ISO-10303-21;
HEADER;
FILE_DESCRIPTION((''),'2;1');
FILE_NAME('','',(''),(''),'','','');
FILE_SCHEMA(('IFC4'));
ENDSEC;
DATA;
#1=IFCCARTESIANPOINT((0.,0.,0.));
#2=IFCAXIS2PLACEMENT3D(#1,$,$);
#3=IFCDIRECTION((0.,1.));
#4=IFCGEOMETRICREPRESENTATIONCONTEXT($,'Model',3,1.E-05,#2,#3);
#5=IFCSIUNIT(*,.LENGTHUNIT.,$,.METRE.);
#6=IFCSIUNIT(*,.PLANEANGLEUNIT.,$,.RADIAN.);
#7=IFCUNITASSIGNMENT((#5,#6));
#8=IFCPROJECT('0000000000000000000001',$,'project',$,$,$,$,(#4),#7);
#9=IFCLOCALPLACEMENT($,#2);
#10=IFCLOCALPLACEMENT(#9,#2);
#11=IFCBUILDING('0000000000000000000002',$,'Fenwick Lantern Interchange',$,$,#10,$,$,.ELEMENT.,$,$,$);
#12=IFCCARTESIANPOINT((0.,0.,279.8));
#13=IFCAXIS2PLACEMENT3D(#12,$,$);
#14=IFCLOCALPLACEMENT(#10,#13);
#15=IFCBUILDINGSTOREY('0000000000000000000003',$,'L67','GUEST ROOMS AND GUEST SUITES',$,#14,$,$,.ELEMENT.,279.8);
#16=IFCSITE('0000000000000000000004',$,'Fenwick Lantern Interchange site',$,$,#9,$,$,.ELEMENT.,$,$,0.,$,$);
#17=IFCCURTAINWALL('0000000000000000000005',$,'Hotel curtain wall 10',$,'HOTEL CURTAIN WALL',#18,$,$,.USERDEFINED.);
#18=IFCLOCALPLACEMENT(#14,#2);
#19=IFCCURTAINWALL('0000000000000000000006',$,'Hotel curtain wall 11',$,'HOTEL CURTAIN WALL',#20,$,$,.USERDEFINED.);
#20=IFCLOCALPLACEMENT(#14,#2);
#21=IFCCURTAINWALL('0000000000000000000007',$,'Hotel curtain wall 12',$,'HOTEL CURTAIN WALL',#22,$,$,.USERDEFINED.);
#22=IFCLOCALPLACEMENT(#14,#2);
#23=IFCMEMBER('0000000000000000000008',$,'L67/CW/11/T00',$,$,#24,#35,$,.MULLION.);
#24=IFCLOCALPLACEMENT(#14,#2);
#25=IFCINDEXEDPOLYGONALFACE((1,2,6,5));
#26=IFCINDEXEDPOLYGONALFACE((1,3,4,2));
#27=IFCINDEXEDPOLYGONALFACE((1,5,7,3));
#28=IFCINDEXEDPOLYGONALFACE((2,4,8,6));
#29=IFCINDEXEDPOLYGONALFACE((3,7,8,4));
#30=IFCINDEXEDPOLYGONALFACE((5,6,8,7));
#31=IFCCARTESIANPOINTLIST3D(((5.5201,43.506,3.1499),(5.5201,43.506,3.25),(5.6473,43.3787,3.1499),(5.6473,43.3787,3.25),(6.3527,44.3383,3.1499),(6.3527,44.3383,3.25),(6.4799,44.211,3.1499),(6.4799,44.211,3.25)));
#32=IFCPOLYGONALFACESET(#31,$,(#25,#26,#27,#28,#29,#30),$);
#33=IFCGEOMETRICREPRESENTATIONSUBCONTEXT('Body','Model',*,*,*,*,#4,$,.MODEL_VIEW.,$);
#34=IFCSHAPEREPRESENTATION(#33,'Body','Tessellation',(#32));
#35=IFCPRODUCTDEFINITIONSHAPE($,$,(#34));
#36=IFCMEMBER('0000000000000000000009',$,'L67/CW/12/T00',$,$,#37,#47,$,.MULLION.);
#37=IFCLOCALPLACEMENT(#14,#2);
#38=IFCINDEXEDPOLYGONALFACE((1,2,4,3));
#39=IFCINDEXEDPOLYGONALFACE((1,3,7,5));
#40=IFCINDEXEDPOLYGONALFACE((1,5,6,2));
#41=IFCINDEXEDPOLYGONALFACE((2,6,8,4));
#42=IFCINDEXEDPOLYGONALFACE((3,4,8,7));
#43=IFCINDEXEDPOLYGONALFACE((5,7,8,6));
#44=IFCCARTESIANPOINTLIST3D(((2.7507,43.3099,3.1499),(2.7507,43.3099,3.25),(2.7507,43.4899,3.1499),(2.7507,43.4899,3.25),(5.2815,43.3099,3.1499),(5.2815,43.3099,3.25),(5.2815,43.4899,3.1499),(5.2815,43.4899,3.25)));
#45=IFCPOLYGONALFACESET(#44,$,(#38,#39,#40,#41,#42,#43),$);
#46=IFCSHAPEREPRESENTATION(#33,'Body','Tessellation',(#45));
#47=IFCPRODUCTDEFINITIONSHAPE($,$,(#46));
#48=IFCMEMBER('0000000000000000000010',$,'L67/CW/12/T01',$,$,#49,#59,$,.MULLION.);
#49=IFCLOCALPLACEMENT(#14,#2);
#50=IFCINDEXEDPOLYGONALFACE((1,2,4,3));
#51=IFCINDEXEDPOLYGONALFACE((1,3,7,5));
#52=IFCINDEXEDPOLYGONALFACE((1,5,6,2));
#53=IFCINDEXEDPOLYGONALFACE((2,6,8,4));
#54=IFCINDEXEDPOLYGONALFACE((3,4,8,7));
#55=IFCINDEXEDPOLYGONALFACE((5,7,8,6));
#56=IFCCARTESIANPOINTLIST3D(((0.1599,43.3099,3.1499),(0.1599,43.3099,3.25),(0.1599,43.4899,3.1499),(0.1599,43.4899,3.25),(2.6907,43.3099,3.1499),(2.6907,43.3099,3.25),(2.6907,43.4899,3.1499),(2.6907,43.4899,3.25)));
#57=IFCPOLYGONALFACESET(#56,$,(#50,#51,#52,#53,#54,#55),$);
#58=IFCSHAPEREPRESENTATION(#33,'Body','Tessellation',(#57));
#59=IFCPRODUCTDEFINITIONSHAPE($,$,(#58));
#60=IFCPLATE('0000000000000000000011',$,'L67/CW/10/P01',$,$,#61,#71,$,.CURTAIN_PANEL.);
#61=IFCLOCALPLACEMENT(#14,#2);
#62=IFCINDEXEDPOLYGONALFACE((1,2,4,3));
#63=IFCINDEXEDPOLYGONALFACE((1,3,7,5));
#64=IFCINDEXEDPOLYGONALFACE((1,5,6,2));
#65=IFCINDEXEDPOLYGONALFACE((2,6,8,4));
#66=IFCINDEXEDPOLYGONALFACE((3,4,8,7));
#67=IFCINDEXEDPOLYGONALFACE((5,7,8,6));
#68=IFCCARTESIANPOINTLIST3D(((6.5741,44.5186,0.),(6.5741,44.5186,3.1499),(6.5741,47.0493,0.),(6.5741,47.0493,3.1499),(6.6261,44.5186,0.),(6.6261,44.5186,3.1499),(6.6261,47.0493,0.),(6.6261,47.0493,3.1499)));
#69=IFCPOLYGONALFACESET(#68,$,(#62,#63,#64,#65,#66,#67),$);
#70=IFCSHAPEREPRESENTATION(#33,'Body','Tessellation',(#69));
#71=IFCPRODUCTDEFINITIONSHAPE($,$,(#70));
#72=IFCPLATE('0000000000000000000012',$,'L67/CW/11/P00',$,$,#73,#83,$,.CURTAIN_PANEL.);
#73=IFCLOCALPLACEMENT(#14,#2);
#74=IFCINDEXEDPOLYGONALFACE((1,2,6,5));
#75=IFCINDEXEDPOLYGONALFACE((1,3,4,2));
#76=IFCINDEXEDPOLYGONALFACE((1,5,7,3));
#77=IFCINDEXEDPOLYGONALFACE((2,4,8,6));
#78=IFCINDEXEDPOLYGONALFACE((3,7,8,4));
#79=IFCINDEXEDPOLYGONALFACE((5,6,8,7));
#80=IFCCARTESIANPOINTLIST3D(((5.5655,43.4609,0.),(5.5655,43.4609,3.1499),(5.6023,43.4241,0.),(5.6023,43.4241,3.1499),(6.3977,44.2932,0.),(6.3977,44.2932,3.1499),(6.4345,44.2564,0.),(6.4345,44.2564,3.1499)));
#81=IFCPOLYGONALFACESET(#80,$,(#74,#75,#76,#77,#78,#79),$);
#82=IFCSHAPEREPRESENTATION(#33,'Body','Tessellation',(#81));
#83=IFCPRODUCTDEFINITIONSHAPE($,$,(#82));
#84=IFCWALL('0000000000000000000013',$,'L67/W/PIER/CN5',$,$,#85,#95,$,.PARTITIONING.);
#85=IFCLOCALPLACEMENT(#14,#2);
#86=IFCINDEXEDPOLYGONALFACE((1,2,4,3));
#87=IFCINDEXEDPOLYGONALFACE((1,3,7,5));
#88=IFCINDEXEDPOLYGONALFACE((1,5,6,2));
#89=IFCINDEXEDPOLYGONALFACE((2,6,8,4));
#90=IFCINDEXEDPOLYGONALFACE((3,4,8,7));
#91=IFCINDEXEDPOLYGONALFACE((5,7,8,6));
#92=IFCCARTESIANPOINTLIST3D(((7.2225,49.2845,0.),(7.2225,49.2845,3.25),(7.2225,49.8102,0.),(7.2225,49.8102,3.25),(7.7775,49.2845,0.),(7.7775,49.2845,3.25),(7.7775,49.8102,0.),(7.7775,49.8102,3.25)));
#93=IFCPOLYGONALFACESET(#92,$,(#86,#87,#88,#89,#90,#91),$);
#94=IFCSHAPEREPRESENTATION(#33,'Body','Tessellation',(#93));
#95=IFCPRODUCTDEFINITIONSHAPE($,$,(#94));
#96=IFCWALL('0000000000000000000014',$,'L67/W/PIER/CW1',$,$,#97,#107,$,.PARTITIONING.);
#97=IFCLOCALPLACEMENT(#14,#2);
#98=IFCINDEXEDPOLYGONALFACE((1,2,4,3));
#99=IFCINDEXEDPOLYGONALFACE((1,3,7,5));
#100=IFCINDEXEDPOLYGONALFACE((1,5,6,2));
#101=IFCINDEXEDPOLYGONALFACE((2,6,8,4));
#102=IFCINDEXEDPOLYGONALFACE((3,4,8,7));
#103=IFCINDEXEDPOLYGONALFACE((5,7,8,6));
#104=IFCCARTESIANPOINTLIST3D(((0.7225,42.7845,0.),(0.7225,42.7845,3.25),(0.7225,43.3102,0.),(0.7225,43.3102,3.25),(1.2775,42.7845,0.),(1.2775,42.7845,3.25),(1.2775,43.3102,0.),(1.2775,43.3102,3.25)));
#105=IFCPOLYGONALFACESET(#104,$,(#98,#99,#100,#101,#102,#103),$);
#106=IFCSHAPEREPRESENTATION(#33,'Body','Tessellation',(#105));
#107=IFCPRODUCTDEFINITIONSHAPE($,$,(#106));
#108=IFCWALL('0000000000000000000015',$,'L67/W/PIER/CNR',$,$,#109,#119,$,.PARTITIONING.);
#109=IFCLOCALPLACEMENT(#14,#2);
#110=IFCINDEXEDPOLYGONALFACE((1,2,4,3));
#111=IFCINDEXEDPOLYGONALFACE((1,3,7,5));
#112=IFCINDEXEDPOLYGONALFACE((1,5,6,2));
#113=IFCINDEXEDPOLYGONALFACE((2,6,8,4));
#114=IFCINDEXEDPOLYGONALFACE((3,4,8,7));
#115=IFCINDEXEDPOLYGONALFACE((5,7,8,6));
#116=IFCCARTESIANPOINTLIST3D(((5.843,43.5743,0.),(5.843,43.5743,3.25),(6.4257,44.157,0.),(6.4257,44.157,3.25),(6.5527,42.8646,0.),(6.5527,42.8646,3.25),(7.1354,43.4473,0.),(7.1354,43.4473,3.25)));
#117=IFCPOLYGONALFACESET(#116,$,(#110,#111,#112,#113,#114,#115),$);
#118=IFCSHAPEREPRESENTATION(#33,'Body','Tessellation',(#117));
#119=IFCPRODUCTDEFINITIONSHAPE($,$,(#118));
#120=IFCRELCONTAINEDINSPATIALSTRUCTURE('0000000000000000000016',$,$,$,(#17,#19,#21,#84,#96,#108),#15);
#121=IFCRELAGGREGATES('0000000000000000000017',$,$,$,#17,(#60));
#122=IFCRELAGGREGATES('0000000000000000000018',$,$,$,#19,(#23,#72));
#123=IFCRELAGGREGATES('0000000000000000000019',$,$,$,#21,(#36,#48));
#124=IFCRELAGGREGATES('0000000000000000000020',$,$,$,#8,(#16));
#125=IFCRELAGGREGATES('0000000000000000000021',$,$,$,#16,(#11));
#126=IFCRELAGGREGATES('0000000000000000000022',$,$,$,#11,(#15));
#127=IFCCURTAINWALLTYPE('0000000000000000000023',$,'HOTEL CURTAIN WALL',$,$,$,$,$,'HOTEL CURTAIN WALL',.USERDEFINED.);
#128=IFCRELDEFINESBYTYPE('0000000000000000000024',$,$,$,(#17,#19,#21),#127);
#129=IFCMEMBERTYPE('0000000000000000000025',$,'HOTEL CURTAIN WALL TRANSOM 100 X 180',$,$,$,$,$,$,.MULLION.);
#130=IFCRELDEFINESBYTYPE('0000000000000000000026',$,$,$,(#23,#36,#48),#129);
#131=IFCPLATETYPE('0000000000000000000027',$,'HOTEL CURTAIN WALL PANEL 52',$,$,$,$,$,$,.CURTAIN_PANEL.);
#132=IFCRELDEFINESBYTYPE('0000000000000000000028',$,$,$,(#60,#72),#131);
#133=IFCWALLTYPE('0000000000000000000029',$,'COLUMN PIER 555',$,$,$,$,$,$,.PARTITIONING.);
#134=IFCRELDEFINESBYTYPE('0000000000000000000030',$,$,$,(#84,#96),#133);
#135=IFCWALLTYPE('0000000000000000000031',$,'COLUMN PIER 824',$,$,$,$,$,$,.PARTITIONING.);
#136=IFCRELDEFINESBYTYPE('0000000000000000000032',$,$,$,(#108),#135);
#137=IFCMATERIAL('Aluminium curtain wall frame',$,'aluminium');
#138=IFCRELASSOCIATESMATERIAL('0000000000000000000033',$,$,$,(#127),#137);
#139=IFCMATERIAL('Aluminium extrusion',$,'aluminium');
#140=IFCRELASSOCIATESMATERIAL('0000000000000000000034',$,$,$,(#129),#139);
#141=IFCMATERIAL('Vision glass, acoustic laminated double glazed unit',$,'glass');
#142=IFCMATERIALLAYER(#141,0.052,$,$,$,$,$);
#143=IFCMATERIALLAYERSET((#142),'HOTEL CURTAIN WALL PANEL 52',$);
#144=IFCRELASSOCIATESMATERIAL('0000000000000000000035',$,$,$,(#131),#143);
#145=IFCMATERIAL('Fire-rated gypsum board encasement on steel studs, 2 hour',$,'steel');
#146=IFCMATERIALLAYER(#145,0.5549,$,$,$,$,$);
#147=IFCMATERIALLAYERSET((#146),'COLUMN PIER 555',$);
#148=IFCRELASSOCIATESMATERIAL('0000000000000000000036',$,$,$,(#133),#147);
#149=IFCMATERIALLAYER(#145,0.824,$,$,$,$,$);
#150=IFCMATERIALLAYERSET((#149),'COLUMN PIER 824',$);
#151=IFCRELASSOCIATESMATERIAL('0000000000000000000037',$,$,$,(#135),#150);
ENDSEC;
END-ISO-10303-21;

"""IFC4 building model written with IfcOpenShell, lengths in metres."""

from ifc_helpers import new_model, si_unit, direction, frame, frame_2d, origin, origin_2d, place, context, subcontext, project, spatial, rectangle, extrude, material, layer, layer_set, material_profile, profile_set, type_object, element, aggregate, save


model = new_model("IFC4")

# Units and contexts
model_context = context("Model", 3, precision=1e-05, world=origin(), true_north=direction((0.0, 1.0)))
body_context = subcontext(model_context, "Body", "Model", "MODEL_VIEW")
ifc_project = project(units=[si_unit("LENGTHUNIT", "METRE"), si_unit("PLANEANGLEUNIT", "RADIAN")], contexts=[model_context])

# Site, building, storey
site_placement = place(None, origin())
site = spatial("IfcSite", under=ifc_project, at=site_placement, Name="Fenwick Lantern Interchange site", CompositionType="ELEMENT", RefElevation=0.0)
building_placement = place(site_placement, origin())
building = spatial("IfcBuilding", under=site, at=building_placement, Name="Fenwick Lantern Interchange", CompositionType="ELEMENT")
storey_placement = place(building_placement, frame((0.0, 0.0, 279.8)))
storey = spatial("IfcBuildingStorey", under=building, at=storey_placement, Name="L67", Description="GUEST ROOMS AND GUEST SUITES", CompositionType="ELEMENT", Elevation=279.8)

# Shared definitions
ifc_material_1 = material(Name="Aluminium curtain wall frame", Category="aluminium")
curtain_wall_type = type_object("IfcCurtainWallType", Name="HOTEL CURTAIN WALL", ElementType="HOTEL CURTAIN WALL", PredefinedType="USERDEFINED", material=ifc_material_1)
ifc_material_2 = material(Name="Aluminium extrusion", Category="aluminium")

# Curtain walls
curtain_wall_1_placement = place(storey_placement, origin())
curtain_wall_1 = element("IfcCurtainWall", 1, at=curtain_wall_1_placement, inside=storey, type_object=curtain_wall_type, Name="Hotel curtain wall 10", ObjectType="HOTEL CURTAIN WALL", PredefinedType="USERDEFINED")
curtain_wall_2_placement = place(storey_placement, origin())
curtain_wall_2 = element("IfcCurtainWall", 2, at=curtain_wall_2_placement, inside=storey, type_object=curtain_wall_type, Name="Hotel curtain wall 11", ObjectType="HOTEL CURTAIN WALL", PredefinedType="USERDEFINED")
curtain_wall_3_placement = place(storey_placement, origin())
curtain_wall_3 = element("IfcCurtainWall", 3, at=curtain_wall_3_placement, inside=storey, type_object=curtain_wall_type, Name="Hotel curtain wall 12", ObjectType="HOTEL CURTAIN WALL", PredefinedType="USERDEFINED")

# Members
ifc_material_profile_1 = material_profile(ifc_material_2, rectangle(XDim=0.1799, YDim=0.1001, at=origin_2d()), Name="HOTEL CURTAIN WALL TRANSOM 100 X 180")
ifc_profile_set_1 = profile_set([ifc_material_profile_1], Name="Aluminium extrusion")
member_type_1 = type_object("IfcMemberType", Name="HOTEL CURTAIN WALL TRANSOM 100 X 180", PredefinedType="MULLION", material=ifc_profile_set_1)
member_1_placement = place(storey_placement, frame((6.4163, 44.2747, 3.2), z_axis=(-0.70721, -0.707003, 0.0), x_axis=(0.707003, -0.70721, 0.0)))
member_1 = element("IfcMember", 4, at=member_1_placement, type_object=member_type_1, Name="L67/CW/11/T00", PredefinedType="MULLION", context=body_context, shape_type="SweptSolid", body=[
    extrude(rectangle(XDim=0.1799, YDim=0.1001, at=origin_2d()), origin(), (0.0, 0.0, 1.0), 1.1772),
])
member_2_placement = place(storey_placement, frame((5.2815, 43.3999, 3.2), z_axis=(-1.0, 0.0, 0.0), x_axis=(0.0, -1.0, 0.0)))
member_2 = element("IfcMember", 5, at=member_2_placement, type_object=member_type_1, Name="L67/CW/12/T00", PredefinedType="MULLION", context=body_context, shape_type="SweptSolid", body=[
    extrude(rectangle(XDim=0.1799, YDim=0.1001, at=origin_2d()), origin(), (0.0, 0.0, 1.0), 2.5308),
])
member_3_placement = place(storey_placement, frame((2.6907, 43.3999, 3.2), z_axis=(-1.0, 0.0, 0.0), x_axis=(0.0, -1.0, 0.0)))
member_3 = element("IfcMember", 6, at=member_3_placement, type_object=member_type_1, Name="L67/CW/12/T01", PredefinedType="MULLION", context=body_context, shape_type="SweptSolid", body=[
    extrude(rectangle(XDim=0.1799, YDim=0.1001, at=origin_2d()), origin(), (0.0, 0.0, 1.0), 2.5308),
])

# Plates
ifc_material_3 = material(Name="Vision glass, acoustic laminated double glazed unit", Category="glass")
ifc_layer_1 = layer(ifc_material_3, 0.052)
ifc_layer_set_1 = layer_set([ifc_layer_1], Name="HOTEL CURTAIN WALL PANEL 52")
plate_type = type_object("IfcPlateType", Name="HOTEL CURTAIN WALL PANEL 52", PredefinedType="CURTAIN_PANEL", material=ifc_layer_set_1)
plate_1_placement = place(storey_placement, frame((6.6001, 45.7839, 0.0), z_axis=(0.0, 0.0, 1.0), x_axis=(0.0, -1.0, 0.0)))
plate_1 = element("IfcPlate", 7, at=plate_1_placement, type_object=plate_type, Name="L67/CW/10/P01", PredefinedType="CURTAIN_PANEL", context=body_context, shape_type="SweptSolid", body=[
    extrude(rectangle(XDim=2.5308, YDim=0.052, at=origin_2d()), origin(), (0.0, 0.0, 1.0), 3.1499),
])
aggregate(curtain_wall_1, [plate_1])
plate_2_placement = place(storey_placement, frame((6.0, 43.8586, 0.0), z_axis=(0.0, 0.0, 1.0), x_axis=(-0.707107, -0.707107, 0.0)))
plate_2 = element("IfcPlate", 8, at=plate_2_placement, type_object=plate_type, Name="L67/CW/11/P00", PredefinedType="CURTAIN_PANEL", context=body_context, shape_type="SweptSolid", body=[
    extrude(rectangle(XDim=1.177, YDim=0.052, at=origin_2d()), origin(), (0.0, 0.0, 1.0), 3.1499),
])
aggregate(curtain_wall_2, [member_1, plate_2])
aggregate(curtain_wall_3, [member_2, member_3])

# Walls
ifc_material_4 = material(Name="Fire-rated gypsum board encasement on steel studs, 2 hour", Category="steel")
ifc_layer_2 = layer(ifc_material_4, 0.5549)
ifc_layer_set_2 = layer_set([ifc_layer_2], Name="COLUMN PIER 555")
wall_type_1 = type_object("IfcWallType", Name="COLUMN PIER 555", PredefinedType="PARTITIONING", material=ifc_layer_set_2)
for number, where, z_axis, x_axis, name in (
    (9, (7.5, 49.8101, 0.0), (0.0, 0.0, 1.0), (0.0, -1.0, 0.0), "L67/W/PIER/CN5"),
    (10, (1.0, 43.3101, 0.0), (0.0, 0.0, 1.0), (0.0, -1.0, 0.0), "L67/W/PIER/CW1"),
):
    element("IfcWall", number, at=place(storey_placement, frame(where, z_axis=z_axis, x_axis=x_axis)), inside=storey, type_object=wall_type_1, Name=name, PredefinedType="PARTITIONING", context=body_context, shape_type="SweptSolid", body=[
        extrude(rectangle(XDim=0.5256, YDim=0.5549, at=frame_2d((0.2627, 0.0))), origin(), (0.0, 0.0, 1.0), 3.25),
    ])
ifc_layer_3 = layer(ifc_material_4, 0.824)
ifc_layer_set_3 = layer_set([ifc_layer_3], Name="COLUMN PIER 824")
wall_type_2 = type_object("IfcWallType", Name="COLUMN PIER 824", PredefinedType="PARTITIONING", material=ifc_layer_set_3)
wall_placement = place(storey_placement, frame((6.1343, 43.8657, 0.0), z_axis=(0.0, 0.0, 1.0), x_axis=(0.707107, -0.707107, 0.0)))
element("IfcWall", 11, at=wall_placement, inside=storey, type_object=wall_type_2, Name="L67/W/PIER/CNR", PredefinedType="PARTITIONING", context=body_context, shape_type="SweptSolid", body=[
    extrude(rectangle(XDim=1.0037, YDim=0.824, at=frame_2d((0.502, 0.0))), origin(), (0.0, 0.0, 1.0), 3.25),
])

save(model, "model.ifc")
